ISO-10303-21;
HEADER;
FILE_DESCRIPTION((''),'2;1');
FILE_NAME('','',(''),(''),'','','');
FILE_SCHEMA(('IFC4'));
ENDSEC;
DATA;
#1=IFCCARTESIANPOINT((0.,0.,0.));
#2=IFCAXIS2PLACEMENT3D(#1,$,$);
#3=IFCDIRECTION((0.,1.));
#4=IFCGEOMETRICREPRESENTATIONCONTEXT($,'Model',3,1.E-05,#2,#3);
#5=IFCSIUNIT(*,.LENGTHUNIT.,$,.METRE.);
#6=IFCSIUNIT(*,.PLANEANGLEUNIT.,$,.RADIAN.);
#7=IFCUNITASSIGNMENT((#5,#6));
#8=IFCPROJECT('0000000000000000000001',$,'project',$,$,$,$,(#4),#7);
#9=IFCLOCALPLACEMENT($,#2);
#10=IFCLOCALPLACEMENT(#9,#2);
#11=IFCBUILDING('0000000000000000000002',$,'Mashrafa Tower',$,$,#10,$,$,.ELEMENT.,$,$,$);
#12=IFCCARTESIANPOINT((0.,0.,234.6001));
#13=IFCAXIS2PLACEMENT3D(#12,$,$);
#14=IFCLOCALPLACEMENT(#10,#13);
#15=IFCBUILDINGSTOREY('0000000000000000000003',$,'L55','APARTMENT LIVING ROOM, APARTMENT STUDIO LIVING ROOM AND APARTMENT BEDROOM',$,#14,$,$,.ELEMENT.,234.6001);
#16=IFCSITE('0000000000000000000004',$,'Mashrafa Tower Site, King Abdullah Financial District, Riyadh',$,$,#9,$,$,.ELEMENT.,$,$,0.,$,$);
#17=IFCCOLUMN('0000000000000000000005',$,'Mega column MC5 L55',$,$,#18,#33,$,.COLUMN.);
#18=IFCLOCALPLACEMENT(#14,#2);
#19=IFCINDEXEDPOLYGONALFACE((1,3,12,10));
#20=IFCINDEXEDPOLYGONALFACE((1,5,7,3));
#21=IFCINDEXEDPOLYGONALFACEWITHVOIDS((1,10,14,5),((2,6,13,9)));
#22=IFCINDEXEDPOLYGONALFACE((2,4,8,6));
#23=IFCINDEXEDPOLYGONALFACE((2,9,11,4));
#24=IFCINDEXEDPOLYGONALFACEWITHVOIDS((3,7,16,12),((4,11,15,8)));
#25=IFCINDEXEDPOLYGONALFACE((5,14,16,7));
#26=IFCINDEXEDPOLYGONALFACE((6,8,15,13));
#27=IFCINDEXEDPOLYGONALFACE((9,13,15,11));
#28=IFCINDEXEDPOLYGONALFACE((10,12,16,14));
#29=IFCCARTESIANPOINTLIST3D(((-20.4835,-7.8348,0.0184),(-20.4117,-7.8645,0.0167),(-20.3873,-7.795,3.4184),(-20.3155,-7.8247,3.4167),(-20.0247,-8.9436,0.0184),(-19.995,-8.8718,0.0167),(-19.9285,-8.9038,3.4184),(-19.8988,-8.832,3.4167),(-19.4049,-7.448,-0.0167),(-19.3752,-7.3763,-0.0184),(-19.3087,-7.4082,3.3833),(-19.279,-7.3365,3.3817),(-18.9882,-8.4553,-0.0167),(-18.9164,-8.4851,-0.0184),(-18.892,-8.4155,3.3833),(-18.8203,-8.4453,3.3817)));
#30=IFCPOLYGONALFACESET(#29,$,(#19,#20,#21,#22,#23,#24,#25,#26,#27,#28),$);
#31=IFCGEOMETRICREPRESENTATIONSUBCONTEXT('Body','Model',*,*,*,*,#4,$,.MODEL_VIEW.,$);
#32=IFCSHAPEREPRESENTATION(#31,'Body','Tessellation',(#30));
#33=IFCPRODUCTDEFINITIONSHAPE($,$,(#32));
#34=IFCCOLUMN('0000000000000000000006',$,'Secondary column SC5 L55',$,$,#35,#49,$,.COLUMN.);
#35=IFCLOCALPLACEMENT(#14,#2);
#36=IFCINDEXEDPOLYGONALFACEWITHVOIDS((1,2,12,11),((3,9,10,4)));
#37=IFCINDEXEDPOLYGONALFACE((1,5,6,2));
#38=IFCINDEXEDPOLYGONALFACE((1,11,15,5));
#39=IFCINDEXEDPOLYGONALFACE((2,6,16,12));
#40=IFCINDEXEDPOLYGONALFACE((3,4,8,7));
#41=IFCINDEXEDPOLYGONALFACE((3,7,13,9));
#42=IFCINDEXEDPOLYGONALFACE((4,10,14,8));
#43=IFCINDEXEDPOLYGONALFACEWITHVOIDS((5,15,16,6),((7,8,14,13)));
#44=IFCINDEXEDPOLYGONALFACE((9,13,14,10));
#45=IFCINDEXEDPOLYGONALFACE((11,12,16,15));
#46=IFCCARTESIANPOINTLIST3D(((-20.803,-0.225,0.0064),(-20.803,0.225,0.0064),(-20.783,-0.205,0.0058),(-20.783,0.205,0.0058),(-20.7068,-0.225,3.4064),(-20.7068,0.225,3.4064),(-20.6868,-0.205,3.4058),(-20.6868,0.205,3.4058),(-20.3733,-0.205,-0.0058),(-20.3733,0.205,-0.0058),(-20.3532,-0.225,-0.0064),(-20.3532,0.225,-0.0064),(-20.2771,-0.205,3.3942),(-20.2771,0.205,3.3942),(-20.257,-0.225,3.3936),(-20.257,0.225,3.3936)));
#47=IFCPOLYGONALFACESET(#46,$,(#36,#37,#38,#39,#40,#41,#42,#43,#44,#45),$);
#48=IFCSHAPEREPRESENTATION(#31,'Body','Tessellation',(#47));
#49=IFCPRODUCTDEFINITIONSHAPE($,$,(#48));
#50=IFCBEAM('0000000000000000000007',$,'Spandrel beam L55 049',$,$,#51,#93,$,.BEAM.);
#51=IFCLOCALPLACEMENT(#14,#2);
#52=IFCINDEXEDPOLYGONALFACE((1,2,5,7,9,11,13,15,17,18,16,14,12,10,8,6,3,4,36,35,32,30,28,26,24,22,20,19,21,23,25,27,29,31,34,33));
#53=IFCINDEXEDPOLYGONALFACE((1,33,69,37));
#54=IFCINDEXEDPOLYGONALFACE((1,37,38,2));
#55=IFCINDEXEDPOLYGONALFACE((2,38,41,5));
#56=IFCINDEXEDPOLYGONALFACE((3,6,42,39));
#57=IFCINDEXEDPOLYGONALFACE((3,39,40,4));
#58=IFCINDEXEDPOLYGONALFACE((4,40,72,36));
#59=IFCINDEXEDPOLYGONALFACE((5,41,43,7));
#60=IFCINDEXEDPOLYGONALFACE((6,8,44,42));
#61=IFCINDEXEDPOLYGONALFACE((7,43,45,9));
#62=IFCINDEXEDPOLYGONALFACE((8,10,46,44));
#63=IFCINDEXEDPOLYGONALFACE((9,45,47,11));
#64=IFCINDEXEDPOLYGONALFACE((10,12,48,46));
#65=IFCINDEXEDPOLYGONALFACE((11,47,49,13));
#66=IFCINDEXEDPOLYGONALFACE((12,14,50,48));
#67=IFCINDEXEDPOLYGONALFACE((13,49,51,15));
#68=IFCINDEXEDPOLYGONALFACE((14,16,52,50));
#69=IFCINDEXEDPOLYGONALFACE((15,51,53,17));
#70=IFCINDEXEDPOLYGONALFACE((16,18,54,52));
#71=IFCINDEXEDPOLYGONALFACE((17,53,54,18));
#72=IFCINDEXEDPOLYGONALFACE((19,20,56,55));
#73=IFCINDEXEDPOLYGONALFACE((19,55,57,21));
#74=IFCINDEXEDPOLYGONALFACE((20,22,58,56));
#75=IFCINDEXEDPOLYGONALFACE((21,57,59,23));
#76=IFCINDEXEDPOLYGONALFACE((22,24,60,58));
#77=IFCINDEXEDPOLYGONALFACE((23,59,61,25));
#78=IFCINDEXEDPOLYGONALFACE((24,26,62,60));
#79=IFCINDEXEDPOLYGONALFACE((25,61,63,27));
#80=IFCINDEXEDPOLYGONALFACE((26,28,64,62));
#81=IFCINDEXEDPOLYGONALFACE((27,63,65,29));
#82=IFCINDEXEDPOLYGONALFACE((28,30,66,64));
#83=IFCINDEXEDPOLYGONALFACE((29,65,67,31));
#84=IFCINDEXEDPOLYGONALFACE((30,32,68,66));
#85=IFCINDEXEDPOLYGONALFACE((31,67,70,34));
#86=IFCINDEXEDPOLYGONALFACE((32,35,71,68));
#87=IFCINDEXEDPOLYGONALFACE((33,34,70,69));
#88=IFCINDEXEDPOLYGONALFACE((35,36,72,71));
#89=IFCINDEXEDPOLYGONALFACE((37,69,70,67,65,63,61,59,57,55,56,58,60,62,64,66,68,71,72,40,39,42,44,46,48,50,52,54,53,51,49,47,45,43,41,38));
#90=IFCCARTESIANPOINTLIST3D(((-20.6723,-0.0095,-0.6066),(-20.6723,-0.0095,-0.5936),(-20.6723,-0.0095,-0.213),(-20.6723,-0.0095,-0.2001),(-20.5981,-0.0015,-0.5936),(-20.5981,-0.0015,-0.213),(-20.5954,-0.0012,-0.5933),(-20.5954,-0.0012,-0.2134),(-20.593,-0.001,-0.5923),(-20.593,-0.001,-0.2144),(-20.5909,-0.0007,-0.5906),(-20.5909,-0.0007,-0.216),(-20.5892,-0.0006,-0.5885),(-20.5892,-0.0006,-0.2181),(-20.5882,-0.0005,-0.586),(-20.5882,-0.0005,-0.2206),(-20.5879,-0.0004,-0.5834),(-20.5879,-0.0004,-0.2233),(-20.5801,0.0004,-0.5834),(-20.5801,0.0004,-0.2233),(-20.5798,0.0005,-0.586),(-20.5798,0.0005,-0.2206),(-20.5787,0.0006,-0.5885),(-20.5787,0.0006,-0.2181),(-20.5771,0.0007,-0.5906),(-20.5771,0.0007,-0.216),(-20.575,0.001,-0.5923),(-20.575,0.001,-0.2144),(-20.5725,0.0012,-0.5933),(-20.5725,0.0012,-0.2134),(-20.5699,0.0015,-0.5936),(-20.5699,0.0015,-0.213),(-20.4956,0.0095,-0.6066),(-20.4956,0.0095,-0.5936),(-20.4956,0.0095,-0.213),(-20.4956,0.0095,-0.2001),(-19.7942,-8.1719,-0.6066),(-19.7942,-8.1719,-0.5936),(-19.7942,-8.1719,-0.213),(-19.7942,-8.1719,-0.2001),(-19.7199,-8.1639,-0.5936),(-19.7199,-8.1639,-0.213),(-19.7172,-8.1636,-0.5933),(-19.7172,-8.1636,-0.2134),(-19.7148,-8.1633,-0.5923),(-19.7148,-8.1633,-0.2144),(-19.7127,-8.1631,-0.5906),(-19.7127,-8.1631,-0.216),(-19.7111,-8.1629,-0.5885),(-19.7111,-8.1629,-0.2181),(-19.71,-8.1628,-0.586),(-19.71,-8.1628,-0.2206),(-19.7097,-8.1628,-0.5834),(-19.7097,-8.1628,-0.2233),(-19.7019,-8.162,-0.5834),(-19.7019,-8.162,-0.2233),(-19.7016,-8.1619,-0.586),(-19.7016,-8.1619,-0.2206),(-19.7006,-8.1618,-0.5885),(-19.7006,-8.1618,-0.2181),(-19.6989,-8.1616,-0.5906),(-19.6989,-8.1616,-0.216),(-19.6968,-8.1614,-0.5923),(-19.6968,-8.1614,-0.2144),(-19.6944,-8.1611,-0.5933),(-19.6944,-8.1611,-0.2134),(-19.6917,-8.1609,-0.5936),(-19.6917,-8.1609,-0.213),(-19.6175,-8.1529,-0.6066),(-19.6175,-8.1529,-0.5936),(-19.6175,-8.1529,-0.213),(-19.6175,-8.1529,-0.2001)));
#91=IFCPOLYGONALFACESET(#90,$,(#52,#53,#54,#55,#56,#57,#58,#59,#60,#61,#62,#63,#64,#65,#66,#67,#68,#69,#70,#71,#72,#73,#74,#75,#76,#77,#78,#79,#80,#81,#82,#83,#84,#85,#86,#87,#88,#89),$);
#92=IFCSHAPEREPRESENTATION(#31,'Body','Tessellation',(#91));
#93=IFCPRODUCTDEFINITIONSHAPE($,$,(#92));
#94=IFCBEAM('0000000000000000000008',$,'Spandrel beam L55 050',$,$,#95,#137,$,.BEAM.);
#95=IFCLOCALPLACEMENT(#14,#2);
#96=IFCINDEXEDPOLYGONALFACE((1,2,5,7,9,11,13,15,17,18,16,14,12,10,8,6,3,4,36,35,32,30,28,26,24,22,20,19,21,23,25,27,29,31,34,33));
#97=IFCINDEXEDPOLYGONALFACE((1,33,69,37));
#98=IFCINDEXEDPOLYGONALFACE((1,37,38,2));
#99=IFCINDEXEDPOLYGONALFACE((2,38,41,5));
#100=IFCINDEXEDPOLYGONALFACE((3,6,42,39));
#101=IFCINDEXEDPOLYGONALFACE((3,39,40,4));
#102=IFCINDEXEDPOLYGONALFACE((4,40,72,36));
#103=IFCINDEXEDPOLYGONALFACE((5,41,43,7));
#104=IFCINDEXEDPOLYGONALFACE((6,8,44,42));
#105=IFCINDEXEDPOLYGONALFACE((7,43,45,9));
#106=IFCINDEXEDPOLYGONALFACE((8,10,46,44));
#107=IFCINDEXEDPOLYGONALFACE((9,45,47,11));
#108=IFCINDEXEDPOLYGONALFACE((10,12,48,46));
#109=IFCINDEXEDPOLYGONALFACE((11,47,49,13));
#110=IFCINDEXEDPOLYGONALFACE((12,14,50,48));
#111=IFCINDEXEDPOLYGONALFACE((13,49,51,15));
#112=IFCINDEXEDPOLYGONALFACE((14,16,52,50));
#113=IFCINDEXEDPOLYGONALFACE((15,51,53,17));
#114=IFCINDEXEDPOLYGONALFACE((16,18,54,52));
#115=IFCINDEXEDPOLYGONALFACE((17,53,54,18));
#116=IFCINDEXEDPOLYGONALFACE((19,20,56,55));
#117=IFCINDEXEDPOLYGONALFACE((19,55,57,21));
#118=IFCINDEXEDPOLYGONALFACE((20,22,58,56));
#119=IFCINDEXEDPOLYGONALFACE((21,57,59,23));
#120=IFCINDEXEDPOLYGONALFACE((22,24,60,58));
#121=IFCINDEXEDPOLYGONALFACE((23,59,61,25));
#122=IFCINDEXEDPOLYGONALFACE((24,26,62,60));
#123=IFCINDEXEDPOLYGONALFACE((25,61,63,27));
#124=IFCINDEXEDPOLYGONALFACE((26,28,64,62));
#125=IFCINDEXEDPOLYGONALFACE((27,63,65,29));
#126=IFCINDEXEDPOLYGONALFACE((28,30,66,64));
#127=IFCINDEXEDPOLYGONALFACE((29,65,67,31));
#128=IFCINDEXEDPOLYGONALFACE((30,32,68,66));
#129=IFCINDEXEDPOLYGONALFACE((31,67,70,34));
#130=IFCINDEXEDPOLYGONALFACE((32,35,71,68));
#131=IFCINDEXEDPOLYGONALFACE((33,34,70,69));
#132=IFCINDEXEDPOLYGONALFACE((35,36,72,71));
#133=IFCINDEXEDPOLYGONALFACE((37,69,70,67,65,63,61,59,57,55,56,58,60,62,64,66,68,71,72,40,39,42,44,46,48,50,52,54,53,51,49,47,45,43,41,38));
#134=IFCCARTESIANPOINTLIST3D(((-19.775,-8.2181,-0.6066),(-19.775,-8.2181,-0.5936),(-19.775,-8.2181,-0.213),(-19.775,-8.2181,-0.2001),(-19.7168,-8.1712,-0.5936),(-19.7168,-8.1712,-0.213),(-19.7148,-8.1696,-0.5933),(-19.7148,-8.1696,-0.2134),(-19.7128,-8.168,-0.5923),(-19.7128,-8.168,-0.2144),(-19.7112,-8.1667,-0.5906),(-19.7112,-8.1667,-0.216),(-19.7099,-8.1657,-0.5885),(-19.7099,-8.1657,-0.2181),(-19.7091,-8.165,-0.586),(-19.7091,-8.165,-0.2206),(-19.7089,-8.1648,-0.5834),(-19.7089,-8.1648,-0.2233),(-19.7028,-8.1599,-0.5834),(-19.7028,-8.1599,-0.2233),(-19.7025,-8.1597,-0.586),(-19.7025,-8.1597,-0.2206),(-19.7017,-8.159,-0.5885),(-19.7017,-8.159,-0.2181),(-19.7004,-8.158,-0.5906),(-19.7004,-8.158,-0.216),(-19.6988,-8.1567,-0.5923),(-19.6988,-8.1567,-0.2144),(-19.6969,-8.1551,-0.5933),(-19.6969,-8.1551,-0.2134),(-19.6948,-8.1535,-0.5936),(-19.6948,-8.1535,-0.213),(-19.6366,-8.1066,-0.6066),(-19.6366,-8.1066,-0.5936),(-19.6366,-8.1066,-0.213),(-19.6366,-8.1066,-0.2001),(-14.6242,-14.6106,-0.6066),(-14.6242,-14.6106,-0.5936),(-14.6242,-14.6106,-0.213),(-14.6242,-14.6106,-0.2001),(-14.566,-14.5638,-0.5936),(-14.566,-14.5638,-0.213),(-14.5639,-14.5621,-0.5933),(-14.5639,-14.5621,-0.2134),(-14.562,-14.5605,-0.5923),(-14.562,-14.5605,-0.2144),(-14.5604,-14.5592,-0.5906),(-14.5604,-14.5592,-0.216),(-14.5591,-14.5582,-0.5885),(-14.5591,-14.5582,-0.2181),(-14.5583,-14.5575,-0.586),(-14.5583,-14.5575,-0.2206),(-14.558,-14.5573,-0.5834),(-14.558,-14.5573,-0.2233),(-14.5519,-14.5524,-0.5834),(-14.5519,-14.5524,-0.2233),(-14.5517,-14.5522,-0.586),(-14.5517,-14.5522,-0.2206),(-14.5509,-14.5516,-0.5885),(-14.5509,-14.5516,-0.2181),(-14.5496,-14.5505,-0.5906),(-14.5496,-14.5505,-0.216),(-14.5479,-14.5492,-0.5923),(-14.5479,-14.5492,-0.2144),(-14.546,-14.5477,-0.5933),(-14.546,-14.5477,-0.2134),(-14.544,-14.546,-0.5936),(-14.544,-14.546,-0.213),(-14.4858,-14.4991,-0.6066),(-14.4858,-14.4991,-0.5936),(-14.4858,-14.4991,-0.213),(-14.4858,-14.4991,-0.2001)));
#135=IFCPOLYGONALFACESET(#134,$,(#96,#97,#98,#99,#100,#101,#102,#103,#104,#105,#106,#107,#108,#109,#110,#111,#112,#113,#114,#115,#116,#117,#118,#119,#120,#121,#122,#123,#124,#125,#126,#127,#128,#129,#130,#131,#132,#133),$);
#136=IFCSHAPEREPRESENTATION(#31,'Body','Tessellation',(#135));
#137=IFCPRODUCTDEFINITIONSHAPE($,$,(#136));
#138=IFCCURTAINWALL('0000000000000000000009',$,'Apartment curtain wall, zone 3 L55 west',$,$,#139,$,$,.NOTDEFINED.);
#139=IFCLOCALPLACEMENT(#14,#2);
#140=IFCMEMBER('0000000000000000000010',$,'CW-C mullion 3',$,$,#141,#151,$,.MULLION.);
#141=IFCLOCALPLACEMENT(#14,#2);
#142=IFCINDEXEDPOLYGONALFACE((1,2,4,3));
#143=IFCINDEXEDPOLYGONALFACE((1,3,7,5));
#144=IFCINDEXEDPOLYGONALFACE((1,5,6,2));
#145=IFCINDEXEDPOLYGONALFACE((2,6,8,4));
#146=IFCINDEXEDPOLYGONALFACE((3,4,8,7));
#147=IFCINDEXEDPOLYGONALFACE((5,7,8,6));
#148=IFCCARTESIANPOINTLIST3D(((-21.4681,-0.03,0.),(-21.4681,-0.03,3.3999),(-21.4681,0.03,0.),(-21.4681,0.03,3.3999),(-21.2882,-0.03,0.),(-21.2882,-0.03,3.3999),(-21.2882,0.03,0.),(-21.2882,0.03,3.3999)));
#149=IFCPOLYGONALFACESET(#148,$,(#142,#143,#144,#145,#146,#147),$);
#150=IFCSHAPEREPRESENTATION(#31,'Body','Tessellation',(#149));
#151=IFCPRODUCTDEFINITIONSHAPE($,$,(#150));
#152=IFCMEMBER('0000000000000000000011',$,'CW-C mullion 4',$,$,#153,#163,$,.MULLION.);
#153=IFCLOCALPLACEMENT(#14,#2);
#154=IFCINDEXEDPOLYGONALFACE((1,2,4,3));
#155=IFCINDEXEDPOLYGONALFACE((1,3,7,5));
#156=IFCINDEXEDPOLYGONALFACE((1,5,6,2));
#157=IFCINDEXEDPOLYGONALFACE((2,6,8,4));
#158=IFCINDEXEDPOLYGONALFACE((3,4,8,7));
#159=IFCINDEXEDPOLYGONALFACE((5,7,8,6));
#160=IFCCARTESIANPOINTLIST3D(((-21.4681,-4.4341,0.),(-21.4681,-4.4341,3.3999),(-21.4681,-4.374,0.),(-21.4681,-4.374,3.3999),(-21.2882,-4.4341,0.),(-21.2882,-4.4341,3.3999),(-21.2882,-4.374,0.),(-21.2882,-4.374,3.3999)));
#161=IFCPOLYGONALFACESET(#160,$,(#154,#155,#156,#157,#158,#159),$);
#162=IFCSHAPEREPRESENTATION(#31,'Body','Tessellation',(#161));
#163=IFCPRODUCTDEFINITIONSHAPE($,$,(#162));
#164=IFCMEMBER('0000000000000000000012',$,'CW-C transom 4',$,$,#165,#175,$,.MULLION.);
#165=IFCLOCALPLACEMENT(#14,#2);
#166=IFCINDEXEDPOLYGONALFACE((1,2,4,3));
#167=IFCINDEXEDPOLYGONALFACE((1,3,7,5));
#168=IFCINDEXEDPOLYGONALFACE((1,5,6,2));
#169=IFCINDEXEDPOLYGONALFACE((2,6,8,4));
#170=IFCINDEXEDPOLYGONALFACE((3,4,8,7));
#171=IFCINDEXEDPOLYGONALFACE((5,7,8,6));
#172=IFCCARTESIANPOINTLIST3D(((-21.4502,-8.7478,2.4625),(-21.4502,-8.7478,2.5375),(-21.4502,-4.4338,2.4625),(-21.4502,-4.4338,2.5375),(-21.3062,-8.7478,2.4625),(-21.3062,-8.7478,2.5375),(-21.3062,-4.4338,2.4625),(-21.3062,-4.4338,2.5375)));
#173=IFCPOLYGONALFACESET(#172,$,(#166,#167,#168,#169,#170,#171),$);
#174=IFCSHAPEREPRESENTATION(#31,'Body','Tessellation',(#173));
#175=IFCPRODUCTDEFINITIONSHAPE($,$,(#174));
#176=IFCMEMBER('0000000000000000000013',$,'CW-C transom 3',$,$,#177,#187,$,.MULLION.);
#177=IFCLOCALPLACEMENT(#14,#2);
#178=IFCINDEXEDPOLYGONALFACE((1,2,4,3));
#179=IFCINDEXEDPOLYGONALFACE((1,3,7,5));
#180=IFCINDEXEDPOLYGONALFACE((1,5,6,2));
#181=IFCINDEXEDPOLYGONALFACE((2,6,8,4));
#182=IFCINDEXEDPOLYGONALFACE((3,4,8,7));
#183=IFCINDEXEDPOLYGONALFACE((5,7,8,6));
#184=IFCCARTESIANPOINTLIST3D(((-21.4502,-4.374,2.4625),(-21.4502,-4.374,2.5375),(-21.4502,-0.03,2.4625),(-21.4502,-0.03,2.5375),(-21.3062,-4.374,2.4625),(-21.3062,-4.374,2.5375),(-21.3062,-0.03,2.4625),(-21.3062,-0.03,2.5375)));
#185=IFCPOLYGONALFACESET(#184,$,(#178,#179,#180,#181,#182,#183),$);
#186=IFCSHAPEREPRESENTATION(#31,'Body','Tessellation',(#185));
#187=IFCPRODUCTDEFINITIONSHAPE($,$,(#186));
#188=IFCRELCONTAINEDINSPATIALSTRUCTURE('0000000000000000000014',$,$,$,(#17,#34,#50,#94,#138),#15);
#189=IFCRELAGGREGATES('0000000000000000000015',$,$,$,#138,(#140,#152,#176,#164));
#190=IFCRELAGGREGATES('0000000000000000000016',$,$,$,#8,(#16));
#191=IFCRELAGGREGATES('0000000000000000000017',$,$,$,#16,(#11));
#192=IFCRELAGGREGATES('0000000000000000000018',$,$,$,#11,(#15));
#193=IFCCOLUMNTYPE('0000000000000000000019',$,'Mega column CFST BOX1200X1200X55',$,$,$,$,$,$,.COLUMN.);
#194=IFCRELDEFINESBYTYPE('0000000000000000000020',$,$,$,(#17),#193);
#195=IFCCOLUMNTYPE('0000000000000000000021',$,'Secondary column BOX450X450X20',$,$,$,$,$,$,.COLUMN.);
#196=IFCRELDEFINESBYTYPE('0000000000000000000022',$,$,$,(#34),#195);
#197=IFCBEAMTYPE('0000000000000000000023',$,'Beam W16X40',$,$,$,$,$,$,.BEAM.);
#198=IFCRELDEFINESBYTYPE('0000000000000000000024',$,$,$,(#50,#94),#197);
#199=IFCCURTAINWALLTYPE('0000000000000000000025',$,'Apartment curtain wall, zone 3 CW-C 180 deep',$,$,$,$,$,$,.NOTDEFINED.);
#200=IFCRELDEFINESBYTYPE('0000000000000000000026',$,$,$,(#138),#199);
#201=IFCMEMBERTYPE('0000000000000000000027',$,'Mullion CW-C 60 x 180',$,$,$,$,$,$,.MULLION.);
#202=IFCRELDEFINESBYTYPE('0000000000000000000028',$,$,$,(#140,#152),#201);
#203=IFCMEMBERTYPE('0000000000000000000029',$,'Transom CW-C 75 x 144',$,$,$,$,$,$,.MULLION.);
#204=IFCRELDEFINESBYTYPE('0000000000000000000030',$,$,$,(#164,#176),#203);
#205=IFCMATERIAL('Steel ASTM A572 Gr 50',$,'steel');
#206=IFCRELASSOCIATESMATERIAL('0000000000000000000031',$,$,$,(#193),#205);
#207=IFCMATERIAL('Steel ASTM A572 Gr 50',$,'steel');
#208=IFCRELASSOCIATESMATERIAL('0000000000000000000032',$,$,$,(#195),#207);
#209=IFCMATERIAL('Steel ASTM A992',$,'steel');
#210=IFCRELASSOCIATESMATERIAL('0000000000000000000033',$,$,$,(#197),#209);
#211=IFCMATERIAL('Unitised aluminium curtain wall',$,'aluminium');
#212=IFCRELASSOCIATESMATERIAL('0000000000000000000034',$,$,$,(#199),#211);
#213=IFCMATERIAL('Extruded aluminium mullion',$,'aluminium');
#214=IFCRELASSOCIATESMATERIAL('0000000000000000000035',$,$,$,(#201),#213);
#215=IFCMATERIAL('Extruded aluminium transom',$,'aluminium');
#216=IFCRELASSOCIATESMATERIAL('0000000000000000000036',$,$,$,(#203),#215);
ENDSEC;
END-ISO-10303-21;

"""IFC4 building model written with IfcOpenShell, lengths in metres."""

from ifc_helpers import new_model, si_unit, direction, frame, origin, origin_2d, place, context, subcontext, project, spatial, rectangle, hollow_rectangle, i_section, extrude, source, transform, mapped, material, material_profile, profile_set, type_object, type_shapes, element, aggregate, save


model = new_model("IFC4")

# Units and contexts
model_context = context("Model", 3, precision=1e-05, world=origin(), true_north=direction((0.0, 1.0)))
body_context = subcontext(model_context, "Body", "Model", "MODEL_VIEW")
ifc_project = project(units=[si_unit("LENGTHUNIT", "METRE"), si_unit("PLANEANGLEUNIT", "RADIAN")], contexts=[model_context])

# Site, building, storey
site_placement = place(None, origin())
site = spatial("IfcSite", under=ifc_project, at=site_placement, Name="Mashrafa Tower Site, King Abdullah Financial District, Riyadh", CompositionType="ELEMENT", RefElevation=0.0)
building_placement = place(site_placement, origin())
building = spatial("IfcBuilding", under=site, at=building_placement, Name="Mashrafa Tower", CompositionType="ELEMENT")
storey_placement = place(building_placement, frame((0.0, 0.0, 234.6001)))
storey = spatial("IfcBuildingStorey", under=building, at=storey_placement, Name="L55", Description="APARTMENT LIVING ROOM, APARTMENT STUDIO LIVING ROOM AND APARTMENT BEDROOM", CompositionType="ELEMENT", Elevation=234.6001)

# Columns
ifc_material_1 = material(Name="Steel ASTM A572 Gr 50", Category="steel")
ifc_material_profile_1 = material_profile(ifc_material_1, hollow_rectangle(XDim=1.2, YDim=1.2, WallThickness=0.0549, at=origin_2d()), Name="BOX1200X1200X55")
ifc_profile_set_1 = profile_set([ifc_material_profile_1], Name="Steel ASTM A572 Gr 50")
column_type_1 = type_object("IfcColumnType", Name="Mega column CFST BOX1200X1200X55", PredefinedType="COLUMN", material=ifc_profile_set_1)
column_1_placement = place(storey_placement, frame((-19.7, -8.1599, 0.0), z_axis=(0.028279, 0.011699, 0.999532), x_axis=(-0.382283, 0.924045, 0.0)))
element("IfcColumn", 1, at=column_1_placement, inside=storey, type_object=column_type_1, Name="Mega column MC5 L55", PredefinedType="COLUMN", context=body_context, shape_type="SweptSolid", body=[
    extrude(hollow_rectangle(XDim=1.2, YDim=1.2, WallThickness=0.0549, at=origin_2d()), origin(), (0.0, 0.0, 1.0), 3.4016),
])
ifc_material_2 = material(Name="Steel ASTM A572 Gr 50", Category="steel")
ifc_material_profile_2 = material_profile(ifc_material_2, hollow_rectangle(XDim=0.45, YDim=0.45, WallThickness=0.02, at=origin_2d()), Name="BOX450X450X20")
ifc_profile_set_2 = profile_set([ifc_material_profile_2], Name="Steel ASTM A572 Gr 50")
column_type_2 = type_object("IfcColumnType", Name="Secondary column BOX450X450X20", PredefinedType="COLUMN", material=ifc_profile_set_2)
column_2_placement = place(storey_placement, frame((-20.5781, 0.0, 0.0), z_axis=(0.028281, 0.0, 0.9996), x_axis=(0.0, 1.0, 0.0)))
element("IfcColumn", 2, at=column_2_placement, inside=storey, type_object=column_type_2, Name="Secondary column SC5 L55", PredefinedType="COLUMN", context=body_context, shape_type="SweptSolid", body=[
    extrude(hollow_rectangle(XDim=0.45, YDim=0.45, WallThickness=0.02, at=origin_2d()), origin(), (0.0, 0.0, 1.0), 3.4014),
])

# Beams
ifc_material_3 = material(Name="Steel ASTM A992", Category="steel")
ifc_material_profile_3 = material_profile(ifc_material_3, i_section(OverallWidth=0.1777, OverallDepth=0.4065, WebThickness=0.0078, FlangeThickness=0.0129, FilletRadius=0.0103, at=origin_2d()), Name="W16X40")
ifc_profile_set_3 = profile_set([ifc_material_profile_3], Name="Steel ASTM A992")
beam_type = type_object("IfcBeamType", Name="Beam W16X40", PredefinedType="BEAM", material=ifc_profile_set_3)
for number, where, z_axis, x_axis, name in (
    (3, (-20.584, 0.0, -0.4033), (0.106971, -0.994262, 0.0), (0.994262, 0.106971, 0.0), "Spandrel beam L55 049"),
    (4, (-19.7058, -8.1624, -0.4033), (0.627426, -0.778676, 0.0), (0.778676, 0.627426, 0.0), "Spandrel beam L55 050"),
):
    element("IfcBeam", number, at=place(storey_placement, frame(where, z_axis=z_axis, x_axis=x_axis)), inside=storey, type_object=beam_type, Name=name, PredefinedType="BEAM", context=body_context, shape_type="SweptSolid", body=[
        extrude(i_section(OverallWidth=0.1777, OverallDepth=0.4065, WebThickness=0.0078, FlangeThickness=0.0129, FilletRadius=0.0103, at=origin_2d()), origin(), (0.0, 0.0, 1.0), 8.2095),
    ])

# Curtain wall, members
ifc_material_4 = material(Name="Unitised aluminium curtain wall", Category="aluminium")
curtain_wall_type = type_object("IfcCurtainWallType", Name="Apartment curtain wall, zone 3 CW-C 180 deep", PredefinedType="NOTDEFINED", material=ifc_material_4)
curtain_wall_placement = place(storey_placement, origin())
curtain_wall = element("IfcCurtainWall", 5, at=curtain_wall_placement, inside=storey, type_object=curtain_wall_type, Name="Apartment curtain wall, zone 3 L55 west", PredefinedType="NOTDEFINED")
ifc_material_5 = material(Name="Extruded aluminium mullion", Category="aluminium")
ifc_material_profile_4 = material_profile(ifc_material_5, rectangle(XDim=0.1799, YDim=0.0601, at=origin_2d()), Name="Mullion 60x180")
ifc_profile_set_4 = profile_set([ifc_material_profile_4], Name="Extruded aluminium mullion")
member_type_1 = type_object("IfcMemberType", Name="Mullion CW-C 60 x 180", PredefinedType="MULLION", material=ifc_profile_set_4)
shared_shape_1 = source(origin(), body_context, "Body", "SweptSolid", [
    extrude(rectangle(XDim=0.1799, YDim=0.0601, at=origin_2d()), origin(), (0.0, 0.0, 1.0), 3.3999),
])
type_shapes(member_type_1, [shared_shape_1])
member_1_placement = place(storey_placement, frame((-21.3782, 0.0, 0.0), z_axis=(0.0, 0.0, 1.0), x_axis=(1.0, 0.0, 0.0)))
member_1 = element("IfcMember", 6, at=member_1_placement, type_object=member_type_1, Name="CW-C mullion 3", PredefinedType="MULLION", context=body_context, shape_type="MappedRepresentation", body=[
    mapped(shared_shape_1, transform((0.0, 0.0, 0.0))),
])
member_2_placement = place(storey_placement, frame((-21.3782, -4.4041, 0.0), z_axis=(0.0, 0.0, 1.0), x_axis=(1.0, 0.0, 0.0)))
member_2 = element("IfcMember", 7, at=member_2_placement, type_object=member_type_1, Name="CW-C mullion 4", PredefinedType="MULLION", context=body_context, shape_type="MappedRepresentation", body=[
    mapped(shared_shape_1, transform((0.0, 0.0, 0.0))),
])
ifc_material_6 = material(Name="Extruded aluminium transom", Category="aluminium")
ifc_material_profile_5 = material_profile(ifc_material_6, rectangle(XDim=0.144, YDim=0.075, at=origin_2d()), Name="Transom 75x144")
ifc_profile_set_5 = profile_set([ifc_material_profile_5], Name="Extruded aluminium transom")
member_type_2 = type_object("IfcMemberType", Name="Transom CW-C 75 x 144", PredefinedType="MULLION", material=ifc_profile_set_5)
shared_shape_2 = source(origin(), body_context, "Body", "SweptSolid", [
    extrude(rectangle(XDim=0.144, YDim=0.075, at=origin_2d()), origin(), (0.0, 0.0, 1.0), 4.314),
])
member_3_placement = place(storey_placement, frame((-21.3782, -4.4338, 2.5), z_axis=(0.0, -1.0, 0.0), x_axis=(1.0, 0.0, 0.0)))
member_3 = element("IfcMember", 8, at=member_3_placement, type_object=member_type_2, Name="CW-C transom 4", PredefinedType="MULLION", context=body_context, shape_type="MappedRepresentation", body=[
    mapped(shared_shape_2, transform((0.0, 0.0, 0.0))),
])
shared_shape_3 = source(origin(), body_context, "Body", "SweptSolid", [
    extrude(rectangle(XDim=0.144, YDim=0.075, at=origin_2d()), origin(), (0.0, 0.0, 1.0), 4.344),
])
type_shapes(member_type_2, [shared_shape_2, shared_shape_3])
member_4_placement = place(storey_placement, frame((-21.3782, -0.03, 2.5), z_axis=(0.0, -1.0, 0.0), x_axis=(1.0, 0.0, 0.0)))
member_4 = element("IfcMember", 9, at=member_4_placement, type_object=member_type_2, Name="CW-C transom 3", PredefinedType="MULLION", context=body_context, shape_type="MappedRepresentation", body=[
    mapped(shared_shape_3, transform((0.0, 0.0, 0.0))),
])
aggregate(curtain_wall, [member_1, member_2, member_4, member_3])

save(model, "model.ifc")
